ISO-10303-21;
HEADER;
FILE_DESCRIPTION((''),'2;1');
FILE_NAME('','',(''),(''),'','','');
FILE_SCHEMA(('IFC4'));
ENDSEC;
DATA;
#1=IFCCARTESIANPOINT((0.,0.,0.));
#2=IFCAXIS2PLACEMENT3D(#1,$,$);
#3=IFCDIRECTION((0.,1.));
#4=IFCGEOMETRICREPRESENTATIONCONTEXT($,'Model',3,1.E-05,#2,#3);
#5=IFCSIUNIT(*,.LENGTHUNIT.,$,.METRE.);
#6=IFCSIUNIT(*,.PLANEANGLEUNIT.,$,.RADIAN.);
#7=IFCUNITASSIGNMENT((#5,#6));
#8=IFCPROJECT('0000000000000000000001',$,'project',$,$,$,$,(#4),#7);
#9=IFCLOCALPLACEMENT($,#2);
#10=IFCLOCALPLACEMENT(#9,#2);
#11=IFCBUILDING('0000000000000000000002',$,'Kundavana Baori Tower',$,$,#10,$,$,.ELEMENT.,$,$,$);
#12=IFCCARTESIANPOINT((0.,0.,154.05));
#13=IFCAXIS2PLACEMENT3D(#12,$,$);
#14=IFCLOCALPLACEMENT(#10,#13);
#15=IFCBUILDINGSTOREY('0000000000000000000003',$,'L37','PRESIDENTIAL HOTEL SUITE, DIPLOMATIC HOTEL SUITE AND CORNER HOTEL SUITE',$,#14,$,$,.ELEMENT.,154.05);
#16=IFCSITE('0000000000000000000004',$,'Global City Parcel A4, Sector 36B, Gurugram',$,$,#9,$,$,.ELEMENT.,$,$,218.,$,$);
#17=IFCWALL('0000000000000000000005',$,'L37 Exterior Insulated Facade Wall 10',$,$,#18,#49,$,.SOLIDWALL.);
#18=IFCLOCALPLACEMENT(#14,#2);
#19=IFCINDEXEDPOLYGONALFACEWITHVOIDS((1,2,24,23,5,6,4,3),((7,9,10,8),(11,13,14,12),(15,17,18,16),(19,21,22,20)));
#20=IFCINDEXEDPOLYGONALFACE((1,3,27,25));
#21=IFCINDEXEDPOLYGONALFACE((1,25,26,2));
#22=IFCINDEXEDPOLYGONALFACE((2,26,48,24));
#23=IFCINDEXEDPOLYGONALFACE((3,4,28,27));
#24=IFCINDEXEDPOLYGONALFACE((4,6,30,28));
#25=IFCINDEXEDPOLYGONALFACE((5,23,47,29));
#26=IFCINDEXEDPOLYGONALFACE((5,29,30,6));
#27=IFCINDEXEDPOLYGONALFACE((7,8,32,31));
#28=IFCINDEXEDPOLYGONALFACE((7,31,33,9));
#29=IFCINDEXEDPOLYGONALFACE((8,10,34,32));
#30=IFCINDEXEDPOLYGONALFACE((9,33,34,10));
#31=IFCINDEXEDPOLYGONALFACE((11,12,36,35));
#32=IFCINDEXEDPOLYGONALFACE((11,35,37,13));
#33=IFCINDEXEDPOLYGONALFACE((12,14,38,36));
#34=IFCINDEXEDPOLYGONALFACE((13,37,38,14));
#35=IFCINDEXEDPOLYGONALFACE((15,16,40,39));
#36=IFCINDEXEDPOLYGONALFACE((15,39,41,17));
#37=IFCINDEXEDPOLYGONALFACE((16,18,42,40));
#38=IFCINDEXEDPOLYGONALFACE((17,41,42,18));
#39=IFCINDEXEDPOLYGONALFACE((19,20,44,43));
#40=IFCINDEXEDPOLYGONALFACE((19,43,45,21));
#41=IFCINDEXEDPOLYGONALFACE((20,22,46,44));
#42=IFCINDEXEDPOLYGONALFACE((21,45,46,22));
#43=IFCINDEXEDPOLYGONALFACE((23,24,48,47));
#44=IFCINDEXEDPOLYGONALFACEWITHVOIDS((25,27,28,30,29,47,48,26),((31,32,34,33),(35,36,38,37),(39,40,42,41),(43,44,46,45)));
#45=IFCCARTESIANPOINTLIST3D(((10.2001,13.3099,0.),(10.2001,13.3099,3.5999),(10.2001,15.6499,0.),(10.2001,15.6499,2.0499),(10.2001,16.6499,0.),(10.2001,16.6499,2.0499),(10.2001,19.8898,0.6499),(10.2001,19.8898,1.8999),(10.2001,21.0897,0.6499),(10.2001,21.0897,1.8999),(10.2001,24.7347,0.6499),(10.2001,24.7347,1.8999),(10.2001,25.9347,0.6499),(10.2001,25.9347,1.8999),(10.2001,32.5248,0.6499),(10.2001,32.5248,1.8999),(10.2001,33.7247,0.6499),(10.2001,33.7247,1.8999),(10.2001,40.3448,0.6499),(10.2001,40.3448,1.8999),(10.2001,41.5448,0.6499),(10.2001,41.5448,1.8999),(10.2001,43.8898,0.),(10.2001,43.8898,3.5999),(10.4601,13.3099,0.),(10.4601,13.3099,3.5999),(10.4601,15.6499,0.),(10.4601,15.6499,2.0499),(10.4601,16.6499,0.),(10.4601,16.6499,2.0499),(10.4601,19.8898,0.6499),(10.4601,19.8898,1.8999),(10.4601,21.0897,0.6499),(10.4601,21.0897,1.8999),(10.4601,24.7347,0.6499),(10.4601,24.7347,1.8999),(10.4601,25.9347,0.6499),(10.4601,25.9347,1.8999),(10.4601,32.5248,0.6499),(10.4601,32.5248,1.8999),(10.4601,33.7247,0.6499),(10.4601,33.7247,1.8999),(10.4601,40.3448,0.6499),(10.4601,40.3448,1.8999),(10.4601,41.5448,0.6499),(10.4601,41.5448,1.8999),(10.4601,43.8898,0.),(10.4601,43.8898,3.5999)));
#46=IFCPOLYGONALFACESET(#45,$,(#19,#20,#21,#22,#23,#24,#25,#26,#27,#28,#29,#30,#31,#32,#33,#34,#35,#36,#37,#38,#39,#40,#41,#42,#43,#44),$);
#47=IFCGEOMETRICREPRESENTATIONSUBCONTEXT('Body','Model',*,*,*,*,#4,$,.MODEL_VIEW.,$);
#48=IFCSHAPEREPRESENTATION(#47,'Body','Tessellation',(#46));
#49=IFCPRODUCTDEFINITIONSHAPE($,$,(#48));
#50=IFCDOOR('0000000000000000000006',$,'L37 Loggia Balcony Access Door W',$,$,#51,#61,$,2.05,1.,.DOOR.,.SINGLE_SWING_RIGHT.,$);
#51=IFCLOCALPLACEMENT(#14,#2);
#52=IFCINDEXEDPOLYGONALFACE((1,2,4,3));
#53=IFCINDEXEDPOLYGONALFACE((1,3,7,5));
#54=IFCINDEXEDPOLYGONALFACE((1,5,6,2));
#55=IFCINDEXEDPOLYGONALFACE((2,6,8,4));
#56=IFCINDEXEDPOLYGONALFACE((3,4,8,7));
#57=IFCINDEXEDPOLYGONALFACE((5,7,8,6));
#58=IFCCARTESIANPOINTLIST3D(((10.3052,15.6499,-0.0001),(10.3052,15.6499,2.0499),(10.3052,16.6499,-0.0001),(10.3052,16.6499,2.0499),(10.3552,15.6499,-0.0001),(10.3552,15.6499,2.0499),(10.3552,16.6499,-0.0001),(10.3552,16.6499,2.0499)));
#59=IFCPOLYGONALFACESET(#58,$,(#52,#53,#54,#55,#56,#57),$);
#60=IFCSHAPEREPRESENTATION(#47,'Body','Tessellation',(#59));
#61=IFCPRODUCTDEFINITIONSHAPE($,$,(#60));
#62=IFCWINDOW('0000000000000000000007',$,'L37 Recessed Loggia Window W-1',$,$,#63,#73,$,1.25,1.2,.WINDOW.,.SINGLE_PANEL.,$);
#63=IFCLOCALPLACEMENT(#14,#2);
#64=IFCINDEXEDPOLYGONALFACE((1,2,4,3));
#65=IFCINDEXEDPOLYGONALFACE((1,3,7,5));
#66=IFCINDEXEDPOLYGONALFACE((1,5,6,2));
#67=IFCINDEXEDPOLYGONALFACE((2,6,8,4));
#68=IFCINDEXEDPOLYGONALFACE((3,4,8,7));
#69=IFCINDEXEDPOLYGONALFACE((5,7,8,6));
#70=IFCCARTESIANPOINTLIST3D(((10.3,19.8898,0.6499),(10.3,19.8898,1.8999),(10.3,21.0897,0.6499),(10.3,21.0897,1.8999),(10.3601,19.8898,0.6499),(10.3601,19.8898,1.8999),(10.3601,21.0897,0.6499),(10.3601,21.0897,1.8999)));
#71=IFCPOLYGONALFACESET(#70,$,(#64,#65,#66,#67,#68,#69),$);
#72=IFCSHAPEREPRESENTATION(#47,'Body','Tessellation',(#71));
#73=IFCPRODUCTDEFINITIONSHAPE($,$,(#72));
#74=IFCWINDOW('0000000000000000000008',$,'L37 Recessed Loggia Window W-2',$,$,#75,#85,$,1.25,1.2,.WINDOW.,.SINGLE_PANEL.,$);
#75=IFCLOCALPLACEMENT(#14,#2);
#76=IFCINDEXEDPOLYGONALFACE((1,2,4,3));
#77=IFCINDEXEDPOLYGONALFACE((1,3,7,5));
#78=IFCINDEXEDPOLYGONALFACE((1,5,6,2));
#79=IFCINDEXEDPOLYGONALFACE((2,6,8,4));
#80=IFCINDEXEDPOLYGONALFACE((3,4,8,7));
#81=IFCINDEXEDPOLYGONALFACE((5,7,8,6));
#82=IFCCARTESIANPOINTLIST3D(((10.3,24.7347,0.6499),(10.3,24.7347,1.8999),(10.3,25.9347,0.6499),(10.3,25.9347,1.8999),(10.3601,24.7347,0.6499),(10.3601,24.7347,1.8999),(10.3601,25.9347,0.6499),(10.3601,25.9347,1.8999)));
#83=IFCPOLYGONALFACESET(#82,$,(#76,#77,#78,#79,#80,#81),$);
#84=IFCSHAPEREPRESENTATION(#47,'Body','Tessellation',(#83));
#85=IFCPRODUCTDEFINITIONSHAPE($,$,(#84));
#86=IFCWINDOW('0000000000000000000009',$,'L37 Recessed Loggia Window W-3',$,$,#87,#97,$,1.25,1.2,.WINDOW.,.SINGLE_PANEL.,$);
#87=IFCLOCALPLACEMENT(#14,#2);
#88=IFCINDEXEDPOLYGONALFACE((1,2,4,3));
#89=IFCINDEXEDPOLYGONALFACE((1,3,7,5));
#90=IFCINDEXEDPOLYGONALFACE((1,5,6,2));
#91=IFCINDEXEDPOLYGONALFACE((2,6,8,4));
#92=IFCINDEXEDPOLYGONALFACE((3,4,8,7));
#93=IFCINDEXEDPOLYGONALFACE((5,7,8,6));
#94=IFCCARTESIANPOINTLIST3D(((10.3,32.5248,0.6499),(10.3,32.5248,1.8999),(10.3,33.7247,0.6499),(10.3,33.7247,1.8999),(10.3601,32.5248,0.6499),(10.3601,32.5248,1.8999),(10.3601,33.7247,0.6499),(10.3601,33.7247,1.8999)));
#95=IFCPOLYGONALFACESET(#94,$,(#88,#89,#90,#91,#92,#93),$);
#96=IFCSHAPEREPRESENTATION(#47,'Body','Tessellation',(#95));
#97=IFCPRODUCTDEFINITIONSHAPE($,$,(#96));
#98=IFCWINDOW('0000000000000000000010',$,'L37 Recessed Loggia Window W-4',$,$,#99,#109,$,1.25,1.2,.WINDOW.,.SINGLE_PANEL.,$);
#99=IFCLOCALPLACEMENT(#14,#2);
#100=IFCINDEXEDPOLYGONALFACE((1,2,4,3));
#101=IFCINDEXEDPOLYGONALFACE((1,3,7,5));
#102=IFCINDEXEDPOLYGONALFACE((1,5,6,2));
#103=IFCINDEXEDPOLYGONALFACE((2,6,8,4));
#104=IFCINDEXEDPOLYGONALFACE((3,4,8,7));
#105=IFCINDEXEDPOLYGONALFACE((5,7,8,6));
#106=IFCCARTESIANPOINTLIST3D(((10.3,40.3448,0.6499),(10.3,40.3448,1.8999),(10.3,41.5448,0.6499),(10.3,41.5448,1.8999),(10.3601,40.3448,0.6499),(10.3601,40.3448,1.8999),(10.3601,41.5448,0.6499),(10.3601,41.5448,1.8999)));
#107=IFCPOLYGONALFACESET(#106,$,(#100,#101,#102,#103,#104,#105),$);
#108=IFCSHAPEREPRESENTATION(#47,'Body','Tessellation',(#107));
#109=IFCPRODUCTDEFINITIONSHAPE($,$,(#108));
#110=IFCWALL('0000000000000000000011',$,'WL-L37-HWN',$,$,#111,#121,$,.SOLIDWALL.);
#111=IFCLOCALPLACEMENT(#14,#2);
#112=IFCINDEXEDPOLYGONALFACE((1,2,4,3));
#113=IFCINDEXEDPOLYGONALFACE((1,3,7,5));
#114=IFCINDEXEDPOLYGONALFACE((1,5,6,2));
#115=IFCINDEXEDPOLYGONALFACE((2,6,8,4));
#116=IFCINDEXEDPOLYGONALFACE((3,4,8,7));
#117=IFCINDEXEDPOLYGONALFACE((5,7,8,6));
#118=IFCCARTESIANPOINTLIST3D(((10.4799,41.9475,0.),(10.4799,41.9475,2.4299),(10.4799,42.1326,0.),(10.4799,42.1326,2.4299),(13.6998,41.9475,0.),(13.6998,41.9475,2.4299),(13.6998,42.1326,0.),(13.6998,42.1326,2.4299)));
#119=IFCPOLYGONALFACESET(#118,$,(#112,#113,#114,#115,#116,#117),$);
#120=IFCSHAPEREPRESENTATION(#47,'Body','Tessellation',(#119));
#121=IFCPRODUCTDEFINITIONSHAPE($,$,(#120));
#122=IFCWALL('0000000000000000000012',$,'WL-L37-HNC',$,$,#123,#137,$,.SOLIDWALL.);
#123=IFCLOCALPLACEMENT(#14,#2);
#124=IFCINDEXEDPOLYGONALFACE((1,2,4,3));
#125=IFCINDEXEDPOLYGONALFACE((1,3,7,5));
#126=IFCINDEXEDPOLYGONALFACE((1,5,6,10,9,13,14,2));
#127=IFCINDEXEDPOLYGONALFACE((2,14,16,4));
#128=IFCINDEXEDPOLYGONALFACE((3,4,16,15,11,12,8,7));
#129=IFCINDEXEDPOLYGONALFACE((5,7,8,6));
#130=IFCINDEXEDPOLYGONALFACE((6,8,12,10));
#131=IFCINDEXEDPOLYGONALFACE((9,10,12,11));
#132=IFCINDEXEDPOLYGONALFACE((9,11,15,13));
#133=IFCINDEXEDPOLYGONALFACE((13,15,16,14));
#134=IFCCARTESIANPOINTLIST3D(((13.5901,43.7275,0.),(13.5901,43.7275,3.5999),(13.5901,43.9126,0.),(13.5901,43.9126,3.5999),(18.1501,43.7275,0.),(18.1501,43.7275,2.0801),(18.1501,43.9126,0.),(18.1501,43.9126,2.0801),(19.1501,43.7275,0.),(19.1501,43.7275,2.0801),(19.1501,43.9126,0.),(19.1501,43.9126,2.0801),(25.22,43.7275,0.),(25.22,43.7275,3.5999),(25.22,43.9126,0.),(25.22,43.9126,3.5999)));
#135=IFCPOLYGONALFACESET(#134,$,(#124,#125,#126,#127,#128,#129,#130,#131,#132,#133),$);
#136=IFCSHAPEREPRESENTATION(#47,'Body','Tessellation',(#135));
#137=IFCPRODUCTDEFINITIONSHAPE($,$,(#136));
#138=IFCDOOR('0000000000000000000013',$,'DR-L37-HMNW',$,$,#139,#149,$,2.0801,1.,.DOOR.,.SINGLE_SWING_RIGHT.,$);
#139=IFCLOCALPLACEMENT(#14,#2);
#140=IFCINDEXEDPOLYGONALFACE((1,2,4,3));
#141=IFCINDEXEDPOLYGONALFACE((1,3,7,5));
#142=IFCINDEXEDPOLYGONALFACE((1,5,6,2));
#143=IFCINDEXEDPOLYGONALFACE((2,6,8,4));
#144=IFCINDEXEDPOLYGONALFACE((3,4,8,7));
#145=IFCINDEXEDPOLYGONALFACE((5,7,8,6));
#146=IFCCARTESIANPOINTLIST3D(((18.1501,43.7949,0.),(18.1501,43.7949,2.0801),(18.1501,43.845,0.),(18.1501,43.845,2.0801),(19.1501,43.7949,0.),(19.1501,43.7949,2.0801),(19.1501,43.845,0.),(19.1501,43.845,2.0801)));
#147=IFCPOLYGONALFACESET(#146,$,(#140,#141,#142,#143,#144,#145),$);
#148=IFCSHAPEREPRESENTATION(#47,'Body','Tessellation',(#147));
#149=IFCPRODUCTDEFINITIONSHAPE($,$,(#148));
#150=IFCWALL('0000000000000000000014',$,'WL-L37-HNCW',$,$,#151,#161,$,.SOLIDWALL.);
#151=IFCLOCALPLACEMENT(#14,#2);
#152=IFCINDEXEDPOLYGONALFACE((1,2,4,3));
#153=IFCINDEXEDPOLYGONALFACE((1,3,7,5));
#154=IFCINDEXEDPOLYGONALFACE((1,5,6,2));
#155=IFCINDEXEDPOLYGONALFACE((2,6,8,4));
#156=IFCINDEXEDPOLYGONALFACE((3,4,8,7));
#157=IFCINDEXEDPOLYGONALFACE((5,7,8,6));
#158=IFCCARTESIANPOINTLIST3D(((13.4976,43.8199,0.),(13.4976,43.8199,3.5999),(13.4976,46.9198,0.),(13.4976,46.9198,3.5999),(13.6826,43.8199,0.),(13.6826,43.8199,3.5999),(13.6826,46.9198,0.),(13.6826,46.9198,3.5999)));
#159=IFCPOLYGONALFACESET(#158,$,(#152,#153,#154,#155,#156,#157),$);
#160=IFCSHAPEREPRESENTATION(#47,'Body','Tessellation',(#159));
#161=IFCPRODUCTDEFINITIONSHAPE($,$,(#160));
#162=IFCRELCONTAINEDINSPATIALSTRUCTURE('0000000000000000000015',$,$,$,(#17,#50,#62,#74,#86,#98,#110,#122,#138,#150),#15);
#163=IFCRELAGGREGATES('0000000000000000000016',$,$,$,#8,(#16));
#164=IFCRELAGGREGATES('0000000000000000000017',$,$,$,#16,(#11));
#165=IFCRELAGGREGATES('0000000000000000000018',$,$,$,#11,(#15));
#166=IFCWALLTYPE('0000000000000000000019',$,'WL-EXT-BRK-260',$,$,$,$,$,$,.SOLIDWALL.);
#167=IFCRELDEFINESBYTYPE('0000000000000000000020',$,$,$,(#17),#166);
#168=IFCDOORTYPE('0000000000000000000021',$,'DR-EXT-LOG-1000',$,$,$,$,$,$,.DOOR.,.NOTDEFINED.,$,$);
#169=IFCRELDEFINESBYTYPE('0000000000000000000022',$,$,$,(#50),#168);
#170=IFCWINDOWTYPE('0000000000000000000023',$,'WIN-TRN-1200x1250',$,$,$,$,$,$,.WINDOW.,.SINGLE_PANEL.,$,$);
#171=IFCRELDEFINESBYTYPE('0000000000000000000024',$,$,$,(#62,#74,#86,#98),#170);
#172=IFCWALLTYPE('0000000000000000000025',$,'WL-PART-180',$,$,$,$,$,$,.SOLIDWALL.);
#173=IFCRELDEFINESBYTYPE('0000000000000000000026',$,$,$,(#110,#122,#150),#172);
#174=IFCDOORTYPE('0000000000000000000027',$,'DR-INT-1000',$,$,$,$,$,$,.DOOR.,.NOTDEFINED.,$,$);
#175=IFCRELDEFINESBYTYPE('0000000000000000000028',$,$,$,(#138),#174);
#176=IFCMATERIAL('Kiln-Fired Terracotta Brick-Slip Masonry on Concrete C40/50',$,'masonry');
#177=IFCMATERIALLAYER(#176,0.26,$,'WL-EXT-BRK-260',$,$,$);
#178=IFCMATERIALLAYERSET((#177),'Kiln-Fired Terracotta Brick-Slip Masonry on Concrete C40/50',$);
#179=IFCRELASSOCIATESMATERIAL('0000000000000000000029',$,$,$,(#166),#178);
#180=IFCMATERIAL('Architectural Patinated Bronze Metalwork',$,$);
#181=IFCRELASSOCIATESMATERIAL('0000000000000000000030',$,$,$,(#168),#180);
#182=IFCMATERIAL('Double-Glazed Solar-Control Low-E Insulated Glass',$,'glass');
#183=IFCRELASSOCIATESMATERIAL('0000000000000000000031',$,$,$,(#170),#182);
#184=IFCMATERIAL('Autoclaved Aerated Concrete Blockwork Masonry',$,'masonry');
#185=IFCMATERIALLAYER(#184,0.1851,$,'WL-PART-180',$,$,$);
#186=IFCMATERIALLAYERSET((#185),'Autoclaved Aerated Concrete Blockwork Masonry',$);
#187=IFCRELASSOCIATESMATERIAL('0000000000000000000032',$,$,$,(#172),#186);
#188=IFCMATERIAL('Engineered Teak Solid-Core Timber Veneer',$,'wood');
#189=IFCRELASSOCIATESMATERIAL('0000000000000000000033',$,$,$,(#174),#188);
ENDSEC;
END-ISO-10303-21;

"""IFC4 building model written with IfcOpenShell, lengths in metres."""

from ifc_helpers import new_model, si_unit, direction, frame, frame_2d, origin, place, context, subcontext, project, spatial, rectangle, extrude, material, layer, layer_set, type_object, element, fill, save


model = new_model("IFC4")

# Units and contexts
model_context = context("Model", 3, precision=1e-05, world=origin(), true_north=direction((0.0, 1.0)))
body_context = subcontext(model_context, "Body", "Model", "MODEL_VIEW")
ifc_project = project(units=[si_unit("LENGTHUNIT", "METRE"), si_unit("PLANEANGLEUNIT", "RADIAN")], contexts=[model_context])

# Site, building, storey
site_placement = place(None, origin())
site = spatial("IfcSite", under=ifc_project, at=site_placement, Name="Global City Parcel A4, Sector 36B, Gurugram", CompositionType="ELEMENT", RefElevation=218.0)
building_placement = place(site_placement, origin())
building = spatial("IfcBuilding", under=site, at=building_placement, Name="Kundavana Baori Tower", CompositionType="ELEMENT")
storey_placement = place(building_placement, frame((0.0, 0.0, 154.05)))
storey = spatial("IfcBuildingStorey", under=building, at=storey_placement, Name="L37", Description="PRESIDENTIAL HOTEL SUITE, DIPLOMATIC HOTEL SUITE AND CORNER HOTEL SUITE", CompositionType="ELEMENT", Elevation=154.05)

# Shared definitions
ifc_material_1 = material(Name="Kiln-Fired Terracotta Brick-Slip Masonry on Concrete C40/50", Category="masonry")
ifc_layer_1 = layer(ifc_material_1, 0.26, Name="WL-EXT-BRK-260")
ifc_layer_set_1 = layer_set([ifc_layer_1], Name="Kiln-Fired Terracotta Brick-Slip Masonry on Concrete C40/50")
wall_type_1 = type_object("IfcWallType", Name="WL-EXT-BRK-260", PredefinedType="SOLIDWALL", material=ifc_layer_set_1)

# Wall, openings, door, windows
wall_1_placement = place(storey_placement, frame((10.3301, 43.8899, 0.0), z_axis=(0.0, 0.0, 1.0), x_axis=(0.0, -1.0, 0.0)))
wall_1 = element("IfcWall", 1, at=wall_1_placement, inside=storey, type_object=wall_type_1, Name="L37 Exterior Insulated Facade Wall 10", PredefinedType="SOLIDWALL", context=body_context, shape_type="SweptSolid", body=[
    extrude(rectangle(XDim=30.5798, YDim=0.26, at=frame_2d((15.29, 0.0))), origin(), (0.0, 0.0, 1.0), 3.5999),
])
opening_1_placement = place(wall_1_placement, frame((27.24, 0.0, 0.0)))
opening_1 = element("IfcOpeningElement", 2, at=opening_1_placement, cuts=wall_1, PredefinedType="OPENING", context=body_context, shape_type="SweptSolid", body=[
    extrude(rectangle(XDim=1.0, YDim=2.05, at=frame_2d((0.5, 1.0249))), frame((0.0, 0.1401, 0.0), z_axis=(0.0, -1.0, 0.0), x_axis=(1.0, 0.0, 0.0)), (0.0, 0.0, 1.0), 0.28),
])
opening_2_placement = place(wall_1_placement, frame((22.8, 0.0, 0.6499)))
opening_2 = element("IfcOpeningElement", 3, at=opening_2_placement, cuts=wall_1, PredefinedType="OPENING", context=body_context, shape_type="SweptSolid", body=[
    extrude(rectangle(XDim=1.2, YDim=1.25, at=frame_2d((0.6001, 0.625))), frame((0.0, 0.1401, 0.0), z_axis=(0.0, -1.0, 0.0), x_axis=(1.0, 0.0, 0.0)), (0.0, 0.0, 1.0), 0.28),
])
opening_3_placement = place(wall_1_placement, frame((17.9551, 0.0, 0.6499)))
opening_3 = element("IfcOpeningElement", 4, at=opening_3_placement, cuts=wall_1, PredefinedType="OPENING", context=body_context, shape_type="SweptSolid", body=[
    extrude(rectangle(XDim=1.2, YDim=1.25, at=frame_2d((0.6001, 0.625))), frame((0.0, 0.1401, 0.0), z_axis=(0.0, -1.0, 0.0), x_axis=(1.0, 0.0, 0.0)), (0.0, 0.0, 1.0), 0.28),
])
opening_4_placement = place(wall_1_placement, frame((10.165, 0.0, 0.6499)))
opening_4 = element("IfcOpeningElement", 5, at=opening_4_placement, cuts=wall_1, PredefinedType="OPENING", context=body_context, shape_type="SweptSolid", body=[
    extrude(rectangle(XDim=1.2, YDim=1.25, at=frame_2d((0.6001, 0.625))), frame((0.0, 0.1401, 0.0), z_axis=(0.0, -1.0, 0.0), x_axis=(1.0, 0.0, 0.0)), (0.0, 0.0, 1.0), 0.28),
])
opening_5_placement = place(wall_1_placement, frame((2.345, 0.0, 0.6499)))
opening_5 = element("IfcOpeningElement", 6, at=opening_5_placement, cuts=wall_1, PredefinedType="OPENING", context=body_context, shape_type="SweptSolid", body=[
    extrude(rectangle(XDim=1.2, YDim=1.25, at=frame_2d((0.6001, 0.625))), frame((0.0, 0.1401, 0.0), z_axis=(0.0, -1.0, 0.0), x_axis=(1.0, 0.0, 0.0)), (0.0, 0.0, 1.0), 0.28),
])
ifc_material_2 = material(Name="Architectural Patinated Bronze Metalwork")
door_type_1 = type_object("IfcDoorType", Name="DR-EXT-LOG-1000", OperationType="NOTDEFINED", PredefinedType="DOOR", material=ifc_material_2)
door_1_placement = place(opening_1_placement, frame((1.0, 0.0, 0.0), z_axis=(0.0, 0.0, 1.0), x_axis=(-1.0, 0.0, 0.0)))
door_1 = element("IfcDoor", 7, at=door_1_placement, inside=storey, type_object=door_type_1, Name="L37 Loggia Balcony Access Door W", OperationType="SINGLE_SWING_RIGHT", OverallHeight=2.05, OverallWidth=1.0, PredefinedType="DOOR", context=body_context, shape_type="SweptSolid", body=[
    extrude(rectangle(XDim=1.0, YDim=2.05, at=frame_2d((0.5, 1.0249))), frame((0.0, 0.0249, 0.0), z_axis=(0.0, -1.0, 0.0), x_axis=(1.0, 0.0, 0.0)), (0.0, 0.0, 1.0), 0.05),
])
fill(opening_1, door_1)
ifc_material_3 = material(Name="Double-Glazed Solar-Control Low-E Insulated Glass", Category="glass")
window_type = type_object("IfcWindowType", Name="WIN-TRN-1200x1250", PartitioningType="SINGLE_PANEL", PredefinedType="WINDOW", material=ifc_material_3)
window_1_placement = place(opening_2_placement, origin())
window_1 = element("IfcWindow", 8, at=window_1_placement, inside=storey, type_object=window_type, Name="L37 Recessed Loggia Window W-1", OverallHeight=1.25, OverallWidth=1.2, PartitioningType="SINGLE_PANEL", PredefinedType="WINDOW", context=body_context, shape_type="SweptSolid", body=[
    extrude(rectangle(XDim=1.2, YDim=1.25, at=frame_2d((0.6001, 0.625))), frame((0.0, 0.03, 0.0), z_axis=(0.0, -1.0, 0.0), x_axis=(1.0, 0.0, 0.0)), (0.0, 0.0, 1.0), 0.0601),
])
fill(opening_2, window_1)
window_2_placement = place(opening_3_placement, origin())
window_2 = element("IfcWindow", 9, at=window_2_placement, inside=storey, type_object=window_type, Name="L37 Recessed Loggia Window W-2", OverallHeight=1.25, OverallWidth=1.2, PartitioningType="SINGLE_PANEL", PredefinedType="WINDOW", context=body_context, shape_type="SweptSolid", body=[
    extrude(rectangle(XDim=1.2, YDim=1.25, at=frame_2d((0.6001, 0.625))), frame((0.0, 0.03, 0.0), z_axis=(0.0, -1.0, 0.0), x_axis=(1.0, 0.0, 0.0)), (0.0, 0.0, 1.0), 0.0601),
])
fill(opening_3, window_2)
window_3_placement = place(opening_4_placement, origin())
window_3 = element("IfcWindow", 10, at=window_3_placement, inside=storey, type_object=window_type, Name="L37 Recessed Loggia Window W-3", OverallHeight=1.25, OverallWidth=1.2, PartitioningType="SINGLE_PANEL", PredefinedType="WINDOW", context=body_context, shape_type="SweptSolid", body=[
    extrude(rectangle(XDim=1.2, YDim=1.25, at=frame_2d((0.6001, 0.625))), frame((0.0, 0.03, 0.0), z_axis=(0.0, -1.0, 0.0), x_axis=(1.0, 0.0, 0.0)), (0.0, 0.0, 1.0), 0.0601),
])
fill(opening_4, window_3)
window_4_placement = place(opening_5_placement, origin())
window_4 = element("IfcWindow", 11, at=window_4_placement, inside=storey, type_object=window_type, Name="L37 Recessed Loggia Window W-4", OverallHeight=1.25, OverallWidth=1.2, PartitioningType="SINGLE_PANEL", PredefinedType="WINDOW", context=body_context, shape_type="SweptSolid", body=[
    extrude(rectangle(XDim=1.2, YDim=1.25, at=frame_2d((0.6001, 0.625))), frame((0.0, 0.03, 0.0), z_axis=(0.0, -1.0, 0.0), x_axis=(1.0, 0.0, 0.0)), (0.0, 0.0, 1.0), 0.0601),
])
fill(opening_5, window_4)

# Wall
ifc_material_4 = material(Name="Autoclaved Aerated Concrete Blockwork Masonry", Category="masonry")
ifc_layer_2 = layer(ifc_material_4, 0.1851, Name="WL-PART-180")
ifc_layer_set_2 = layer_set([ifc_layer_2], Name="Autoclaved Aerated Concrete Blockwork Masonry")
wall_type_2 = type_object("IfcWallType", Name="WL-PART-180", PredefinedType="SOLIDWALL", material=ifc_layer_set_2)
wall_2_placement = place(storey_placement, frame((10.48, 42.04, 0.0), z_axis=(0.0, 0.0, 1.0), x_axis=(1.0, 0.0, 0.0)))
element("IfcWall", 12, at=wall_2_placement, inside=storey, type_object=wall_type_2, Name="WL-L37-HWN", PredefinedType="SOLIDWALL", context=body_context, shape_type="SweptSolid", body=[
    extrude(rectangle(XDim=3.22, YDim=0.1851, at=frame_2d((1.6099, 0.0))), origin(), (0.0, 0.0, 1.0), 2.4299),
])

# Wall, opening, door
wall_3_placement = place(storey_placement, frame((13.5901, 43.8201, 0.0), z_axis=(0.0, 0.0, 1.0), x_axis=(1.0, 0.0, 0.0)))
wall_3 = element("IfcWall", 13, at=wall_3_placement, inside=storey, type_object=wall_type_2, Name="WL-L37-HNC", PredefinedType="SOLIDWALL", context=body_context, shape_type="SweptSolid", body=[
    extrude(rectangle(XDim=11.6299, YDim=0.1851, at=frame_2d((5.8149, 0.0))), origin(), (0.0, 0.0, 1.0), 3.5999),
])
opening_6_placement = place(wall_3_placement, frame((4.5601, 0.0, 0.0)))
opening_6 = element("IfcOpeningElement", 14, at=opening_6_placement, cuts=wall_3, PredefinedType="OPENING", context=body_context, shape_type="SweptSolid", body=[
    extrude(rectangle(XDim=1.0, YDim=2.0801, at=frame_2d((0.5, 1.04))), frame((0.0, 0.1025, 0.0), z_axis=(0.0, -1.0, 0.0), x_axis=(1.0, 0.0, 0.0)), (0.0, 0.0, 1.0), 0.2051),
])
ifc_material_5 = material(Name="Engineered Teak Solid-Core Timber Veneer", Category="wood")
door_type_2 = type_object("IfcDoorType", Name="DR-INT-1000", OperationType="NOTDEFINED", PredefinedType="DOOR", material=ifc_material_5)
door_2_placement = place(opening_6_placement, origin())
door_2 = element("IfcDoor", 15, at=door_2_placement, inside=storey, type_object=door_type_2, Name="DR-L37-HMNW", OperationType="SINGLE_SWING_RIGHT", OverallHeight=2.0801, OverallWidth=1.0, PredefinedType="DOOR", context=body_context, shape_type="SweptSolid", body=[
    extrude(rectangle(XDim=1.0, YDim=2.0801, at=frame_2d((0.5, 1.04))), frame((0.0, 0.0249, 0.0), z_axis=(0.0, -1.0, 0.0), x_axis=(1.0, 0.0, 0.0)), (0.0, 0.0, 1.0), 0.05),
])
fill(opening_6, door_2)

# Wall
wall_4_placement = place(storey_placement, frame((13.5901, 43.8201, 0.0), z_axis=(0.0, 0.0, 1.0), x_axis=(0.0, 1.0, 0.0)))
element("IfcWall", 16, at=wall_4_placement, inside=storey, type_object=wall_type_2, Name="WL-L37-HNCW", PredefinedType="SOLIDWALL", context=body_context, shape_type="SweptSolid", body=[
    extrude(rectangle(XDim=3.0999, YDim=0.1851, at=frame_2d((1.5498, 0.0))), origin(), (0.0, 0.0, 1.0), 3.5999),
])

save(model, "model.ifc")
